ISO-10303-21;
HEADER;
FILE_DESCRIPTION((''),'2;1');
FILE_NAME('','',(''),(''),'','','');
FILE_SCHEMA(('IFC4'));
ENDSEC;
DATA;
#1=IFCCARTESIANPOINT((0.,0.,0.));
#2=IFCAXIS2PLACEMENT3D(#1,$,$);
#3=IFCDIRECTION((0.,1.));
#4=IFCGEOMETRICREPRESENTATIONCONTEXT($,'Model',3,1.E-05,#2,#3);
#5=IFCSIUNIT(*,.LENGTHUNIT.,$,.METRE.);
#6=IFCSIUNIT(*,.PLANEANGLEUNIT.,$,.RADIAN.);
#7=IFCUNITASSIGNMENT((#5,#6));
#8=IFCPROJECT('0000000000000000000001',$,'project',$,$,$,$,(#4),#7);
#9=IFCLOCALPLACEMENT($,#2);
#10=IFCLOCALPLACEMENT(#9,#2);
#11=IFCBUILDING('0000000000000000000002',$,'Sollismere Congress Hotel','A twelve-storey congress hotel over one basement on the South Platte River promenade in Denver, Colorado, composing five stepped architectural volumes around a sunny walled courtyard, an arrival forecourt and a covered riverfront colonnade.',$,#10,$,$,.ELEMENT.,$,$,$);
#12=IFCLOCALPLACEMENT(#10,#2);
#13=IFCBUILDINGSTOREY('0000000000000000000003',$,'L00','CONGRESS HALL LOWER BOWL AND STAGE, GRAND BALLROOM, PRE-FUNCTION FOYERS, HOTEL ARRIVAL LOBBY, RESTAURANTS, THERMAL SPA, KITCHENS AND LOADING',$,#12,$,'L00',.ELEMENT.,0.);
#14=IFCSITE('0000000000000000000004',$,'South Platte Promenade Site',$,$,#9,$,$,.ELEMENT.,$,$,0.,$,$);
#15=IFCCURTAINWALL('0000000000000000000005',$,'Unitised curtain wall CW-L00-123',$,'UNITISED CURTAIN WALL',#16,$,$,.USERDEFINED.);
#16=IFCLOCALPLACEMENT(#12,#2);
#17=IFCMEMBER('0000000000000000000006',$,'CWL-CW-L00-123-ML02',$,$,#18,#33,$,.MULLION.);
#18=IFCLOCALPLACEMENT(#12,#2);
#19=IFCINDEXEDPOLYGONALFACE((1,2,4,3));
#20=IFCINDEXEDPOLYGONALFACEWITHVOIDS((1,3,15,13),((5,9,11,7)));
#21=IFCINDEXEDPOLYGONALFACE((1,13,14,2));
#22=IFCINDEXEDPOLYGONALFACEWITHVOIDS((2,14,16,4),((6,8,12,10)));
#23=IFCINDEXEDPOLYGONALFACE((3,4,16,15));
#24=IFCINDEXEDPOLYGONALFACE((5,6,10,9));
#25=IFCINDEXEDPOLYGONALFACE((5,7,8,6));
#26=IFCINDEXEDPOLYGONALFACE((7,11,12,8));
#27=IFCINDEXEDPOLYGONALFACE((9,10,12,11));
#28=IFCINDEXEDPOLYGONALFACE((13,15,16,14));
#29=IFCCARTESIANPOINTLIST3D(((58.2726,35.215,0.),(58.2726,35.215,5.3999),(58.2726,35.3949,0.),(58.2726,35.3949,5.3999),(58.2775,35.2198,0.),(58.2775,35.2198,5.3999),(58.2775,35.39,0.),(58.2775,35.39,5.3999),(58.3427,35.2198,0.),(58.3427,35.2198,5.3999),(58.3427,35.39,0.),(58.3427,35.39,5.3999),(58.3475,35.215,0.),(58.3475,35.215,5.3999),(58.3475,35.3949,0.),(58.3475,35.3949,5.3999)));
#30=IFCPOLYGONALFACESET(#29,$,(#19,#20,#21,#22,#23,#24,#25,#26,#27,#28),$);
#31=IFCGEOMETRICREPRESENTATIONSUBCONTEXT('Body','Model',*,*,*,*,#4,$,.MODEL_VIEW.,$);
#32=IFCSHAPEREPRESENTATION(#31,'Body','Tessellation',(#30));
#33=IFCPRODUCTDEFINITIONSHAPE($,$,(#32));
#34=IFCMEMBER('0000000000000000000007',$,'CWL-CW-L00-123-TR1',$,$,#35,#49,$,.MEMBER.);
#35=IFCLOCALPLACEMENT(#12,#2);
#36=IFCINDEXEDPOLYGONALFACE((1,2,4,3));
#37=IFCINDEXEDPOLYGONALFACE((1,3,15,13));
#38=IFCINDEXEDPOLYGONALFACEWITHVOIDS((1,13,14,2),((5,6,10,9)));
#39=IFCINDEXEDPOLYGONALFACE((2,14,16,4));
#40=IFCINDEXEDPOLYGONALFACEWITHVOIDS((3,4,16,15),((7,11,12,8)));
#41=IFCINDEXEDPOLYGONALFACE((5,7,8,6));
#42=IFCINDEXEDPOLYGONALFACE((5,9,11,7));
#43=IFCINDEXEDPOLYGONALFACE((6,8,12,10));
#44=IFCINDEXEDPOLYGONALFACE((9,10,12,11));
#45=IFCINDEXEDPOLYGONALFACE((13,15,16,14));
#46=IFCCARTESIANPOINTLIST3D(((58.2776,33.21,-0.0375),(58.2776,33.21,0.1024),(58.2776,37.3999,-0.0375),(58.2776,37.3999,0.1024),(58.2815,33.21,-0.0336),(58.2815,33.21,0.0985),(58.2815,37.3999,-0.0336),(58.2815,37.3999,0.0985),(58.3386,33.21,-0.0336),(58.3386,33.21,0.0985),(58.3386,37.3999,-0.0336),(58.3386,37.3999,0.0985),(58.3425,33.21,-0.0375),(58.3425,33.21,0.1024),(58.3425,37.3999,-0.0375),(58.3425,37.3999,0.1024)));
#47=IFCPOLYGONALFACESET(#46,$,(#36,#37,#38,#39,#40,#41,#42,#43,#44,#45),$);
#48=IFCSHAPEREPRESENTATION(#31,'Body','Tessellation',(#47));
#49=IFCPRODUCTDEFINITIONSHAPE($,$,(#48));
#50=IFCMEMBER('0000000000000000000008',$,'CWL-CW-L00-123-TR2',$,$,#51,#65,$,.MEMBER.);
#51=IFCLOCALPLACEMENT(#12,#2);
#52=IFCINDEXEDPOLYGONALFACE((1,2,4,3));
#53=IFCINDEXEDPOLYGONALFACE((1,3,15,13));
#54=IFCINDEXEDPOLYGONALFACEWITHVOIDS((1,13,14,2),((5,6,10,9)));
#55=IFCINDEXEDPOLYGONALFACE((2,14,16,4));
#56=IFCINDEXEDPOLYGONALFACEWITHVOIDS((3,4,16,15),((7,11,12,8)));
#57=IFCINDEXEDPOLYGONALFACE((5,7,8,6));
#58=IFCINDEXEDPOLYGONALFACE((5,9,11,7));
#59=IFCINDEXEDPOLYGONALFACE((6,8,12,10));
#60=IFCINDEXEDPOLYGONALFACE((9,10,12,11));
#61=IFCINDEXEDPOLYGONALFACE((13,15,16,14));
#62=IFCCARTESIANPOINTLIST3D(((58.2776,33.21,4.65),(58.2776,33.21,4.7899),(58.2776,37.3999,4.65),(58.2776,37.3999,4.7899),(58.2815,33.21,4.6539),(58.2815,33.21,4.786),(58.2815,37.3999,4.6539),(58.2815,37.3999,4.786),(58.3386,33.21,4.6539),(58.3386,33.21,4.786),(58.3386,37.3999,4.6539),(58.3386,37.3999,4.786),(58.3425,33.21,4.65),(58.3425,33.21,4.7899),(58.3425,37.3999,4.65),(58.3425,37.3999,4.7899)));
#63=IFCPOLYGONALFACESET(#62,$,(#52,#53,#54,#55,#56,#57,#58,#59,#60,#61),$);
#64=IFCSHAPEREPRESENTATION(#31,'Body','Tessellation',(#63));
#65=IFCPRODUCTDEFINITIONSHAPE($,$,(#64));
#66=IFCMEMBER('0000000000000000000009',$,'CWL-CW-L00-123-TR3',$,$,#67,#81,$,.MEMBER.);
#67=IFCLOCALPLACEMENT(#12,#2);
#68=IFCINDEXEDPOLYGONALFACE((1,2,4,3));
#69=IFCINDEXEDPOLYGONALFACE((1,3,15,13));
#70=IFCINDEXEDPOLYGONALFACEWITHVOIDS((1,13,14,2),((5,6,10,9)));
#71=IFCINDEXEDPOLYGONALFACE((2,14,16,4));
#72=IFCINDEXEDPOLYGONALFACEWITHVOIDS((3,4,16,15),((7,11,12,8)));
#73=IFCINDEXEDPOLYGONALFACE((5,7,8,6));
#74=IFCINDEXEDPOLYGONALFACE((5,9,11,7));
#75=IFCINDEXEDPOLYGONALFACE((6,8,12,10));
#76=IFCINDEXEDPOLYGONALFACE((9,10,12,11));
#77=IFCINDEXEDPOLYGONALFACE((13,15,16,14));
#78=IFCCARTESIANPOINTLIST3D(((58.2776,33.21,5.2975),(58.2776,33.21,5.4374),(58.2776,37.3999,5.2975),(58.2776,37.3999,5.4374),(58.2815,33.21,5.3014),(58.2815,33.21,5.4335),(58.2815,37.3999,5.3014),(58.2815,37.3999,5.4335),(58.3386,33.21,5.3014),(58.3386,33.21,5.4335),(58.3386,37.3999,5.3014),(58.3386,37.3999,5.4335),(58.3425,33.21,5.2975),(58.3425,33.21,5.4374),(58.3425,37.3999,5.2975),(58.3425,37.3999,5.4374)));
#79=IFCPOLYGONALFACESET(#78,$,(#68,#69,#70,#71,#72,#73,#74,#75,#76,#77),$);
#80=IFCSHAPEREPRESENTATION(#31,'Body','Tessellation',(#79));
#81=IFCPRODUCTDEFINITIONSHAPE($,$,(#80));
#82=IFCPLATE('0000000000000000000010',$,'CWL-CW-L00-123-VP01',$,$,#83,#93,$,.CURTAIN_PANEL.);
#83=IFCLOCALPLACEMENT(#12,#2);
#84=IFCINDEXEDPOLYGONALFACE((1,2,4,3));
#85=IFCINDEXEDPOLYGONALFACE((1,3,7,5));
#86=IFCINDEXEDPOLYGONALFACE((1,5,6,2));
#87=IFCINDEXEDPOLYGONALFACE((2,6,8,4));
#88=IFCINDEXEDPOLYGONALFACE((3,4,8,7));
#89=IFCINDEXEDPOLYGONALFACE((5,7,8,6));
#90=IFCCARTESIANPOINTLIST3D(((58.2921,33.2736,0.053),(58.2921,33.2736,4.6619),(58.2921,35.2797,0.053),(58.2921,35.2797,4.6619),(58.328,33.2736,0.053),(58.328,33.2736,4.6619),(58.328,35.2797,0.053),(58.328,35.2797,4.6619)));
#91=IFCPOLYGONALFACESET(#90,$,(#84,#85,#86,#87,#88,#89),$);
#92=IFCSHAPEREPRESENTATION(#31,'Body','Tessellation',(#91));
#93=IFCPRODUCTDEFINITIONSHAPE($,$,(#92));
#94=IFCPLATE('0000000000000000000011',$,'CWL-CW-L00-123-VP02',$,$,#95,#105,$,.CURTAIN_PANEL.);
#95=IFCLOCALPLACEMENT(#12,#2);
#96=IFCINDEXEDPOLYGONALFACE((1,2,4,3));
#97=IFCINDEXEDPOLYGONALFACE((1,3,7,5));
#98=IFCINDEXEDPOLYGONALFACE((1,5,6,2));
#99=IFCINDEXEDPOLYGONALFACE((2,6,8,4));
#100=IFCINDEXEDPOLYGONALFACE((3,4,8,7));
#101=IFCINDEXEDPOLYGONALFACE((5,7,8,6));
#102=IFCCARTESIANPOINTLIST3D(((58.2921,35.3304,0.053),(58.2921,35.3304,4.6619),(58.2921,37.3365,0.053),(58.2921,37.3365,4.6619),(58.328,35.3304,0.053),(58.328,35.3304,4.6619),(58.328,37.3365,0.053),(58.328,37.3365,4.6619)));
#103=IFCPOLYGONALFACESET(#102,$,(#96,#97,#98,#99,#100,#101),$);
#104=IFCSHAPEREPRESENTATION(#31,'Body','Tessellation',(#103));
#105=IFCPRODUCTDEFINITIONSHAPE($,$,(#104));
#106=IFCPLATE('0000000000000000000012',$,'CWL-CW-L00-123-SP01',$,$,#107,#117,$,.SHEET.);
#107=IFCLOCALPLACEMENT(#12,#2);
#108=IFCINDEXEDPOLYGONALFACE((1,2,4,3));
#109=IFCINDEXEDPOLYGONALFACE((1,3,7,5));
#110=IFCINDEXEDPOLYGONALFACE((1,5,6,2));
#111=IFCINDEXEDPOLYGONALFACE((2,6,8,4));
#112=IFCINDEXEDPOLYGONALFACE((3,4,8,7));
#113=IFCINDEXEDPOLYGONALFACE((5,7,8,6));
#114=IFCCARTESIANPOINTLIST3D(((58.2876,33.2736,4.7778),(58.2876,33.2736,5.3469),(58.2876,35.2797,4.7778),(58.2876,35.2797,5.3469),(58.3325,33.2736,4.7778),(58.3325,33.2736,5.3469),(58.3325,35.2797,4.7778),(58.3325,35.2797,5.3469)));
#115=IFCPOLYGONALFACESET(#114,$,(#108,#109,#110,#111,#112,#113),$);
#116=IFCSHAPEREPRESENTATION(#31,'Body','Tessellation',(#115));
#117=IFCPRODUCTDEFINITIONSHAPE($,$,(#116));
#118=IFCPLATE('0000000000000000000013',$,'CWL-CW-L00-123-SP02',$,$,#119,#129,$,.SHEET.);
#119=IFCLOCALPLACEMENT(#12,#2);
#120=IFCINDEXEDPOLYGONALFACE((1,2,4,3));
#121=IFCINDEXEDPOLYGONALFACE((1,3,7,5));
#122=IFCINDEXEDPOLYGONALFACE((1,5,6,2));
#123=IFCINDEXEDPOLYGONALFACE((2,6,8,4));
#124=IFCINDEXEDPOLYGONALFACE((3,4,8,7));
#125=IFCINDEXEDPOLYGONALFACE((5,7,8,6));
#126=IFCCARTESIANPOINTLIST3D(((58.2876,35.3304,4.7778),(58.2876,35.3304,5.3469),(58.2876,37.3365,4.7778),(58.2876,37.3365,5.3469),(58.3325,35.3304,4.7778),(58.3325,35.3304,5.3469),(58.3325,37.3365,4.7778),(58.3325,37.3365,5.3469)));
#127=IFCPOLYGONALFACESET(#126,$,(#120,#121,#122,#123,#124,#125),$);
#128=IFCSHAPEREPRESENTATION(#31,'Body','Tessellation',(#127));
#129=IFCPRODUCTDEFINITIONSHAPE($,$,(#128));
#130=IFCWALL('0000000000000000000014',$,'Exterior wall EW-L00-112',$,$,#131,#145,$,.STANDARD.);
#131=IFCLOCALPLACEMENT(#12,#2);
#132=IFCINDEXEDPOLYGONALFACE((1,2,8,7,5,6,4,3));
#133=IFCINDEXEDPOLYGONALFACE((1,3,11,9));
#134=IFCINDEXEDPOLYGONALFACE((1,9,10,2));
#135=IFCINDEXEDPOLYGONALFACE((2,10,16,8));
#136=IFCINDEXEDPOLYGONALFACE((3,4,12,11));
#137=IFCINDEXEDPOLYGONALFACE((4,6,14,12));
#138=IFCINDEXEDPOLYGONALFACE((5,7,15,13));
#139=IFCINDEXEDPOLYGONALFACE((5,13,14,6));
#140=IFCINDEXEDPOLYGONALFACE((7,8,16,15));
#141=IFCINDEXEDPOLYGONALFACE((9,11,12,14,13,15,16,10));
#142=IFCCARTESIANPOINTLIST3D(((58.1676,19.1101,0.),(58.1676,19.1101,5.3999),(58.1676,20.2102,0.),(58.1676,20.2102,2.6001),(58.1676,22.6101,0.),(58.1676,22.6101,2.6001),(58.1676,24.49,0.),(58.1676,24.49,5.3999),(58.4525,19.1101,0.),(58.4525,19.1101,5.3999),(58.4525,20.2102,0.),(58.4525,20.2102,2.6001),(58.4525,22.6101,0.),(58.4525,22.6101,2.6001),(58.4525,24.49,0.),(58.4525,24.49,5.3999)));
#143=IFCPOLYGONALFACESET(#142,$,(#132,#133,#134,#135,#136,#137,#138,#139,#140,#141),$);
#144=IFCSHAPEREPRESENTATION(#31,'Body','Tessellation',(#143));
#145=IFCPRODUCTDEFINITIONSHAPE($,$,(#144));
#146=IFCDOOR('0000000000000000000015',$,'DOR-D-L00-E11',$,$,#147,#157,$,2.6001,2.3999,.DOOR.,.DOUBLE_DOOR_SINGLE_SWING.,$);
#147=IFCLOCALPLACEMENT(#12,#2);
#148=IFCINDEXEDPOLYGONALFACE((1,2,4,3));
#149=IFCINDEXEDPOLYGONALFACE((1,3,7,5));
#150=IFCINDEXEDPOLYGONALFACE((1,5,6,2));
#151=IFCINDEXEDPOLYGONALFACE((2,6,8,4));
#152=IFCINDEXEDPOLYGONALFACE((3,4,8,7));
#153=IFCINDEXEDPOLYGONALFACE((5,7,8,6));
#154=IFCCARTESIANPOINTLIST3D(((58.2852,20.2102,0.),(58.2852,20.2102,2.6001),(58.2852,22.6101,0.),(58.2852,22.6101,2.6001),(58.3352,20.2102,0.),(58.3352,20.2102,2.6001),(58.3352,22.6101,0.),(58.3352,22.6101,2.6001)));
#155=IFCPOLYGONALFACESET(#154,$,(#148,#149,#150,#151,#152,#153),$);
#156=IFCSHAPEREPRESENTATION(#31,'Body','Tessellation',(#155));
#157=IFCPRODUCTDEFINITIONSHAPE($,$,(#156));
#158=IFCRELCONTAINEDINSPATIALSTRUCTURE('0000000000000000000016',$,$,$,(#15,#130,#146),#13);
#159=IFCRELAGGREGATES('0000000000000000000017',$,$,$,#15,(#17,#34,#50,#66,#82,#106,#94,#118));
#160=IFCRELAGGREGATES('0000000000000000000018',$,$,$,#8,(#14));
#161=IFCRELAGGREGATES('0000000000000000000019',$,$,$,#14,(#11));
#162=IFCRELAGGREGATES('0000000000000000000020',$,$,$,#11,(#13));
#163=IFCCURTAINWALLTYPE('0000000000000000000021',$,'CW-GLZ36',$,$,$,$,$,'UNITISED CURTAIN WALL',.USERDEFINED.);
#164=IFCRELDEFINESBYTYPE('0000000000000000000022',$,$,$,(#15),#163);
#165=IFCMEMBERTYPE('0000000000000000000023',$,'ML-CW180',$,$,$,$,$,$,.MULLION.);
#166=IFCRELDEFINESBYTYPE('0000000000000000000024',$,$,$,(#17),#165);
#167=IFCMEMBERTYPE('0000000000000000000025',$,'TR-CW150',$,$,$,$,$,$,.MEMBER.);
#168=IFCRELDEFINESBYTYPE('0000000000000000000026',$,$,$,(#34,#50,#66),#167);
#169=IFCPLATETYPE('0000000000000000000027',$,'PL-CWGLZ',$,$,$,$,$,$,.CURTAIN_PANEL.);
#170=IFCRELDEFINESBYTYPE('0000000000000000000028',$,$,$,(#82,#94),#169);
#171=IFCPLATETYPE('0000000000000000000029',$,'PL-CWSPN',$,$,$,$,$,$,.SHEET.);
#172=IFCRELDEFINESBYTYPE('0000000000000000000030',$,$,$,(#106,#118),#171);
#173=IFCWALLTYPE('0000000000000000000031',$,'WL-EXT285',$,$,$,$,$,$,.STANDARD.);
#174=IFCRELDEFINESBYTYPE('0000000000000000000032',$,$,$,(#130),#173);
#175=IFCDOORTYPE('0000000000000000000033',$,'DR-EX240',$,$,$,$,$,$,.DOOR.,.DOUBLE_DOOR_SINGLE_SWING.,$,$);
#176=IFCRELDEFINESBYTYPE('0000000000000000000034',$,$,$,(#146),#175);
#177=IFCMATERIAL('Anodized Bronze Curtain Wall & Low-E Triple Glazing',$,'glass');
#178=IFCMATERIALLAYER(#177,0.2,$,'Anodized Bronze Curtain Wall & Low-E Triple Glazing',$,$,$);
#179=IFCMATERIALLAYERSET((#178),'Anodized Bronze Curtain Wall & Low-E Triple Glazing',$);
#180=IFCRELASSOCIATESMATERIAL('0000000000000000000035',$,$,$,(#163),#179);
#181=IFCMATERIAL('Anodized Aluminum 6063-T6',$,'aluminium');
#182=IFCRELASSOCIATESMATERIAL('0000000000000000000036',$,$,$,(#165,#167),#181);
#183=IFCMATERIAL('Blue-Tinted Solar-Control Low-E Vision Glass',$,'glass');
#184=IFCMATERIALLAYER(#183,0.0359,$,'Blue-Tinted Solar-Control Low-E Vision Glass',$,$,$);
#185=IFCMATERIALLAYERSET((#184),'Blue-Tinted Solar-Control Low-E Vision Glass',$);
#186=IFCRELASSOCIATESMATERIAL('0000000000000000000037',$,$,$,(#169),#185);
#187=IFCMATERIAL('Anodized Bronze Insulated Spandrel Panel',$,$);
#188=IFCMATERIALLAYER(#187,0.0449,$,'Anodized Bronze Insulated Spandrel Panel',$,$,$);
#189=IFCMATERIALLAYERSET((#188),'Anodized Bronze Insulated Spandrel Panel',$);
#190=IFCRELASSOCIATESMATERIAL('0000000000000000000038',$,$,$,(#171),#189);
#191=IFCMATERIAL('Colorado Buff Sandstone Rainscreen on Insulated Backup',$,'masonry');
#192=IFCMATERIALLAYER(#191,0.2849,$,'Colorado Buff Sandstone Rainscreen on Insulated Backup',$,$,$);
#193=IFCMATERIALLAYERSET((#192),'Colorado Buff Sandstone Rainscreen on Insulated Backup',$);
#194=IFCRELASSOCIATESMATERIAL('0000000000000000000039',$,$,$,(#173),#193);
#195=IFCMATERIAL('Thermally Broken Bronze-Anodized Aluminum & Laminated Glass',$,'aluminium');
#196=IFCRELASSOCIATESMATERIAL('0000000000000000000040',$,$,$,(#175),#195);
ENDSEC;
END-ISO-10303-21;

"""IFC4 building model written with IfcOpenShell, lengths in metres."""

from ifc_helpers import new_model, si_unit, direction, frame, frame_2d, origin, origin_2d, place, context, subcontext, project, spatial, rectangle, hollow_rectangle, extrude, material, layer, layer_set, material_profile, profile_set, type_object, element, fill, aggregate, save


model = new_model("IFC4")

# Units and contexts
model_context = context("Model", 3, precision=1e-05, world=origin(), true_north=direction((0.0, 1.0)))
body_context = subcontext(model_context, "Body", "Model", "MODEL_VIEW")
ifc_project = project(units=[si_unit("LENGTHUNIT", "METRE"), si_unit("PLANEANGLEUNIT", "RADIAN")], contexts=[model_context])

# Site, building, storey
site_placement = place(None, origin())
site = spatial("IfcSite", under=ifc_project, at=site_placement, Name="South Platte Promenade Site", CompositionType="ELEMENT", RefElevation=0.0)
building_placement = place(site_placement, origin())
building = spatial("IfcBuilding", under=site, at=building_placement, Name="Sollismere Congress Hotel", Description="A twelve-storey congress hotel over one basement on the South Platte River promenade in Denver, Colorado, composing five stepped architectural volumes around a sunny walled courtyard, an arrival forecourt and a covered riverfront colonnade.", CompositionType="ELEMENT")
storey_placement = place(building_placement, origin())
storey = spatial("IfcBuildingStorey", under=building, at=storey_placement, Name="L00", Description="CONGRESS HALL LOWER BOWL AND STAGE, GRAND BALLROOM, PRE-FUNCTION FOYERS, HOTEL ARRIVAL LOBBY, RESTAURANTS, THERMAL SPA, KITCHENS AND LOADING", LongName="L00", CompositionType="ELEMENT", Elevation=0.0)

# Curtain wall, members, plates
ifc_material_1 = material(Name="Anodized Bronze Curtain Wall & Low-E Triple Glazing", Category="glass")
ifc_layer_1 = layer(ifc_material_1, 0.2, Name="Anodized Bronze Curtain Wall & Low-E Triple Glazing")
ifc_layer_set_1 = layer_set([ifc_layer_1], Name="Anodized Bronze Curtain Wall & Low-E Triple Glazing")
curtain_wall_type = type_object("IfcCurtainWallType", Name="CW-GLZ36", ElementType="UNITISED CURTAIN WALL", PredefinedType="USERDEFINED", material=ifc_layer_set_1)
curtain_wall_placement = place(storey_placement, origin())
curtain_wall = element("IfcCurtainWall", 1, at=curtain_wall_placement, inside=storey, type_object=curtain_wall_type, Name="Unitised curtain wall CW-L00-123", ObjectType="UNITISED CURTAIN WALL", PredefinedType="USERDEFINED")
ifc_material_2 = material(Name="Anodized Aluminum 6063-T6", Category="aluminium")
ifc_material_profile_1 = material_profile(ifc_material_2, hollow_rectangle(XDim=0.075, YDim=0.1799, WallThickness=0.0049, at=origin_2d()), Name="ALU180X75X5")
ifc_profile_set_1 = profile_set([ifc_material_profile_1], Name="Anodized Aluminum 6063-T6")
member_type_1 = type_object("IfcMemberType", Name="ML-CW180", PredefinedType="MULLION", material=ifc_profile_set_1)
member_1_placement = place(storey_placement, frame((58.3101, 35.3049, 0.0), z_axis=(0.0, 0.0, 1.0), x_axis=(-1.0, 0.0, 0.0)))
member_1 = element("IfcMember", 2, at=member_1_placement, type_object=member_type_1, Name="CWL-CW-L00-123-ML02", PredefinedType="MULLION", context=body_context, shape_type="SweptSolid", body=[
    extrude(hollow_rectangle(XDim=0.075, YDim=0.1799, WallThickness=0.0049, at=origin_2d()), origin(), (0.0, 0.0, 1.0), 5.3999),
])
ifc_material_profile_2 = material_profile(ifc_material_2, hollow_rectangle(XDim=0.0649, YDim=0.1399, WallThickness=0.0039, at=origin_2d()), Name="ALU140X65X4")
ifc_profile_set_2 = profile_set([ifc_material_profile_2], Name="Anodized Aluminum 6063-T6")
member_type_2 = type_object("IfcMemberType", Name="TR-CW150", PredefinedType="MEMBER", material=ifc_profile_set_2)
member_2_placement = place(storey_placement, frame((58.3101, 33.21, 0.0325), z_axis=(0.0, 1.0, 0.0), x_axis=(-1.0, 0.0, 0.0)))
member_2 = element("IfcMember", 3, at=member_2_placement, type_object=member_type_2, Name="CWL-CW-L00-123-TR1", PredefinedType="MEMBER", context=body_context, shape_type="SweptSolid", body=[
    extrude(hollow_rectangle(XDim=0.0649, YDim=0.1399, WallThickness=0.0039, at=origin_2d()), origin(), (0.0, 0.0, 1.0), 4.1899),
])
member_3_placement = place(storey_placement, frame((58.3101, 33.21, 4.72), z_axis=(0.0, 1.0, 0.0), x_axis=(-1.0, 0.0, 0.0)))
member_3 = element("IfcMember", 4, at=member_3_placement, type_object=member_type_2, Name="CWL-CW-L00-123-TR2", PredefinedType="MEMBER", context=body_context, shape_type="SweptSolid", body=[
    extrude(hollow_rectangle(XDim=0.0649, YDim=0.1399, WallThickness=0.0039, at=origin_2d()), origin(), (0.0, 0.0, 1.0), 4.1899),
])
member_4_placement = place(storey_placement, frame((58.3101, 33.21, 5.3674), z_axis=(0.0, 1.0, 0.0), x_axis=(-1.0, 0.0, 0.0)))
member_4 = element("IfcMember", 5, at=member_4_placement, type_object=member_type_2, Name="CWL-CW-L00-123-TR3", PredefinedType="MEMBER", context=body_context, shape_type="SweptSolid", body=[
    extrude(hollow_rectangle(XDim=0.0649, YDim=0.1399, WallThickness=0.0039, at=origin_2d()), origin(), (0.0, 0.0, 1.0), 4.1899),
])
ifc_material_3 = material(Name="Blue-Tinted Solar-Control Low-E Vision Glass", Category="glass")
ifc_layer_2 = layer(ifc_material_3, 0.0359, Name="Blue-Tinted Solar-Control Low-E Vision Glass")
ifc_layer_set_2 = layer_set([ifc_layer_2], Name="Blue-Tinted Solar-Control Low-E Vision Glass")
plate_type_1 = type_object("IfcPlateType", Name="PL-CWGLZ", PredefinedType="CURTAIN_PANEL", material=ifc_layer_set_2)
plate_1_placement = place(storey_placement, frame((58.3101, 34.2766, 0.053), z_axis=(0.0, 0.0, 1.0), x_axis=(0.0, 1.0, 0.0)))
plate_1 = element("IfcPlate", 6, at=plate_1_placement, type_object=plate_type_1, Name="CWL-CW-L00-123-VP01", PredefinedType="CURTAIN_PANEL", context=body_context, shape_type="SweptSolid", body=[
    extrude(rectangle(XDim=2.0061, YDim=0.0359, at=origin_2d()), origin(), (0.0, 0.0, 1.0), 4.6089),
])
plate_2_placement = place(storey_placement, frame((58.3101, 36.3335, 0.053), z_axis=(0.0, 0.0, 1.0), x_axis=(0.0, 1.0, 0.0)))
plate_2 = element("IfcPlate", 7, at=plate_2_placement, type_object=plate_type_1, Name="CWL-CW-L00-123-VP02", PredefinedType="CURTAIN_PANEL", context=body_context, shape_type="SweptSolid", body=[
    extrude(rectangle(XDim=2.0061, YDim=0.0359, at=origin_2d()), origin(), (0.0, 0.0, 1.0), 4.6089),
])
ifc_material_4 = material(Name="Anodized Bronze Insulated Spandrel Panel")
ifc_layer_3 = layer(ifc_material_4, 0.0449, Name="Anodized Bronze Insulated Spandrel Panel")
ifc_layer_set_3 = layer_set([ifc_layer_3], Name="Anodized Bronze Insulated Spandrel Panel")
plate_type_2 = type_object("IfcPlateType", Name="PL-CWSPN", PredefinedType="SHEET", material=ifc_layer_set_3)
plate_3_placement = place(storey_placement, frame((58.3101, 34.2766, 4.7778), z_axis=(0.0, 0.0, 1.0), x_axis=(0.0, 1.0, 0.0)))
plate_3 = element("IfcPlate", 8, at=plate_3_placement, type_object=plate_type_2, Name="CWL-CW-L00-123-SP01", PredefinedType="SHEET", context=body_context, shape_type="SweptSolid", body=[
    extrude(rectangle(XDim=2.0061, YDim=0.0449, at=origin_2d()), origin(), (0.0, 0.0, 1.0), 0.5691),
])
plate_4_placement = place(storey_placement, frame((58.3101, 36.3335, 4.7778), z_axis=(0.0, 0.0, 1.0), x_axis=(0.0, 1.0, 0.0)))
plate_4 = element("IfcPlate", 9, at=plate_4_placement, type_object=plate_type_2, Name="CWL-CW-L00-123-SP02", PredefinedType="SHEET", context=body_context, shape_type="SweptSolid", body=[
    extrude(rectangle(XDim=2.0061, YDim=0.0449, at=origin_2d()), origin(), (0.0, 0.0, 1.0), 0.5691),
])
aggregate(curtain_wall, [member_1, member_2, member_3, member_4, plate_1, plate_3, plate_2, plate_4])

# Wall, opening, door
ifc_material_5 = material(Name="Colorado Buff Sandstone Rainscreen on Insulated Backup", Category="masonry")
ifc_layer_4 = layer(ifc_material_5, 0.2849, Name="Colorado Buff Sandstone Rainscreen on Insulated Backup")
ifc_layer_set_4 = layer_set([ifc_layer_4], Name="Colorado Buff Sandstone Rainscreen on Insulated Backup")
wall_type_1 = type_object("IfcWallType", Name="WL-EXT285", PredefinedType="STANDARD", material=ifc_layer_set_4)
wall_1_placement = place(storey_placement, frame((58.3101, 19.1101, 0.0), z_axis=(0.0, 0.0, 1.0), x_axis=(0.0, 1.0, 0.0)))
wall_1 = element("IfcWall", 10, at=wall_1_placement, inside=storey, type_object=wall_type_1, Name="Exterior wall EW-L00-112", PredefinedType="STANDARD", context=body_context, shape_type="SweptSolid", body=[
    extrude(rectangle(XDim=5.3799, YDim=0.2849, at=frame_2d((2.6899, 0.0))), origin(), (0.0, 0.0, 1.0), 5.3999),
])
opening_1_placement = place(wall_1_placement, frame((1.1001, 0.0, 0.0)))
opening_1 = element("IfcOpeningElement", 11, at=opening_1_placement, cuts=wall_1, PredefinedType="OPENING", context=body_context, shape_type="SweptSolid", body=[
    extrude(rectangle(XDim=2.3999, YDim=2.6001, at=frame_2d((1.2, 1.3))), frame((0.0, 0.1523, 0.0), z_axis=(0.0, -1.0, 0.0), x_axis=(1.0, 0.0, 0.0)), (0.0, 0.0, 1.0), 0.3049),
])
ifc_material_6 = material(Name="Thermally Broken Bronze-Anodized Aluminum & Laminated Glass", Category="aluminium")
door_type_1 = type_object("IfcDoorType", Name="DR-EX240", OperationType="DOUBLE_DOOR_SINGLE_SWING", PredefinedType="DOOR", material=ifc_material_6)
door_1_placement = place(opening_1_placement, origin())
door_1 = element("IfcDoor", 12, at=door_1_placement, inside=storey, type_object=door_type_1, Name="DOR-D-L00-E11", OperationType="DOUBLE_DOOR_SINGLE_SWING", OverallHeight=2.6001, OverallWidth=2.3999, PredefinedType="DOOR", context=body_context, shape_type="SweptSolid", body=[
    extrude(rectangle(XDim=2.3999, YDim=2.6001, at=frame_2d((1.2, 1.3))), frame((0.0, 0.0249, 0.0), z_axis=(0.0, -1.0, 0.0), x_axis=(1.0, 0.0, 0.0)), (0.0, 0.0, 1.0), 0.05),
])
fill(opening_1, door_1)

save(model, "model.ifc")
